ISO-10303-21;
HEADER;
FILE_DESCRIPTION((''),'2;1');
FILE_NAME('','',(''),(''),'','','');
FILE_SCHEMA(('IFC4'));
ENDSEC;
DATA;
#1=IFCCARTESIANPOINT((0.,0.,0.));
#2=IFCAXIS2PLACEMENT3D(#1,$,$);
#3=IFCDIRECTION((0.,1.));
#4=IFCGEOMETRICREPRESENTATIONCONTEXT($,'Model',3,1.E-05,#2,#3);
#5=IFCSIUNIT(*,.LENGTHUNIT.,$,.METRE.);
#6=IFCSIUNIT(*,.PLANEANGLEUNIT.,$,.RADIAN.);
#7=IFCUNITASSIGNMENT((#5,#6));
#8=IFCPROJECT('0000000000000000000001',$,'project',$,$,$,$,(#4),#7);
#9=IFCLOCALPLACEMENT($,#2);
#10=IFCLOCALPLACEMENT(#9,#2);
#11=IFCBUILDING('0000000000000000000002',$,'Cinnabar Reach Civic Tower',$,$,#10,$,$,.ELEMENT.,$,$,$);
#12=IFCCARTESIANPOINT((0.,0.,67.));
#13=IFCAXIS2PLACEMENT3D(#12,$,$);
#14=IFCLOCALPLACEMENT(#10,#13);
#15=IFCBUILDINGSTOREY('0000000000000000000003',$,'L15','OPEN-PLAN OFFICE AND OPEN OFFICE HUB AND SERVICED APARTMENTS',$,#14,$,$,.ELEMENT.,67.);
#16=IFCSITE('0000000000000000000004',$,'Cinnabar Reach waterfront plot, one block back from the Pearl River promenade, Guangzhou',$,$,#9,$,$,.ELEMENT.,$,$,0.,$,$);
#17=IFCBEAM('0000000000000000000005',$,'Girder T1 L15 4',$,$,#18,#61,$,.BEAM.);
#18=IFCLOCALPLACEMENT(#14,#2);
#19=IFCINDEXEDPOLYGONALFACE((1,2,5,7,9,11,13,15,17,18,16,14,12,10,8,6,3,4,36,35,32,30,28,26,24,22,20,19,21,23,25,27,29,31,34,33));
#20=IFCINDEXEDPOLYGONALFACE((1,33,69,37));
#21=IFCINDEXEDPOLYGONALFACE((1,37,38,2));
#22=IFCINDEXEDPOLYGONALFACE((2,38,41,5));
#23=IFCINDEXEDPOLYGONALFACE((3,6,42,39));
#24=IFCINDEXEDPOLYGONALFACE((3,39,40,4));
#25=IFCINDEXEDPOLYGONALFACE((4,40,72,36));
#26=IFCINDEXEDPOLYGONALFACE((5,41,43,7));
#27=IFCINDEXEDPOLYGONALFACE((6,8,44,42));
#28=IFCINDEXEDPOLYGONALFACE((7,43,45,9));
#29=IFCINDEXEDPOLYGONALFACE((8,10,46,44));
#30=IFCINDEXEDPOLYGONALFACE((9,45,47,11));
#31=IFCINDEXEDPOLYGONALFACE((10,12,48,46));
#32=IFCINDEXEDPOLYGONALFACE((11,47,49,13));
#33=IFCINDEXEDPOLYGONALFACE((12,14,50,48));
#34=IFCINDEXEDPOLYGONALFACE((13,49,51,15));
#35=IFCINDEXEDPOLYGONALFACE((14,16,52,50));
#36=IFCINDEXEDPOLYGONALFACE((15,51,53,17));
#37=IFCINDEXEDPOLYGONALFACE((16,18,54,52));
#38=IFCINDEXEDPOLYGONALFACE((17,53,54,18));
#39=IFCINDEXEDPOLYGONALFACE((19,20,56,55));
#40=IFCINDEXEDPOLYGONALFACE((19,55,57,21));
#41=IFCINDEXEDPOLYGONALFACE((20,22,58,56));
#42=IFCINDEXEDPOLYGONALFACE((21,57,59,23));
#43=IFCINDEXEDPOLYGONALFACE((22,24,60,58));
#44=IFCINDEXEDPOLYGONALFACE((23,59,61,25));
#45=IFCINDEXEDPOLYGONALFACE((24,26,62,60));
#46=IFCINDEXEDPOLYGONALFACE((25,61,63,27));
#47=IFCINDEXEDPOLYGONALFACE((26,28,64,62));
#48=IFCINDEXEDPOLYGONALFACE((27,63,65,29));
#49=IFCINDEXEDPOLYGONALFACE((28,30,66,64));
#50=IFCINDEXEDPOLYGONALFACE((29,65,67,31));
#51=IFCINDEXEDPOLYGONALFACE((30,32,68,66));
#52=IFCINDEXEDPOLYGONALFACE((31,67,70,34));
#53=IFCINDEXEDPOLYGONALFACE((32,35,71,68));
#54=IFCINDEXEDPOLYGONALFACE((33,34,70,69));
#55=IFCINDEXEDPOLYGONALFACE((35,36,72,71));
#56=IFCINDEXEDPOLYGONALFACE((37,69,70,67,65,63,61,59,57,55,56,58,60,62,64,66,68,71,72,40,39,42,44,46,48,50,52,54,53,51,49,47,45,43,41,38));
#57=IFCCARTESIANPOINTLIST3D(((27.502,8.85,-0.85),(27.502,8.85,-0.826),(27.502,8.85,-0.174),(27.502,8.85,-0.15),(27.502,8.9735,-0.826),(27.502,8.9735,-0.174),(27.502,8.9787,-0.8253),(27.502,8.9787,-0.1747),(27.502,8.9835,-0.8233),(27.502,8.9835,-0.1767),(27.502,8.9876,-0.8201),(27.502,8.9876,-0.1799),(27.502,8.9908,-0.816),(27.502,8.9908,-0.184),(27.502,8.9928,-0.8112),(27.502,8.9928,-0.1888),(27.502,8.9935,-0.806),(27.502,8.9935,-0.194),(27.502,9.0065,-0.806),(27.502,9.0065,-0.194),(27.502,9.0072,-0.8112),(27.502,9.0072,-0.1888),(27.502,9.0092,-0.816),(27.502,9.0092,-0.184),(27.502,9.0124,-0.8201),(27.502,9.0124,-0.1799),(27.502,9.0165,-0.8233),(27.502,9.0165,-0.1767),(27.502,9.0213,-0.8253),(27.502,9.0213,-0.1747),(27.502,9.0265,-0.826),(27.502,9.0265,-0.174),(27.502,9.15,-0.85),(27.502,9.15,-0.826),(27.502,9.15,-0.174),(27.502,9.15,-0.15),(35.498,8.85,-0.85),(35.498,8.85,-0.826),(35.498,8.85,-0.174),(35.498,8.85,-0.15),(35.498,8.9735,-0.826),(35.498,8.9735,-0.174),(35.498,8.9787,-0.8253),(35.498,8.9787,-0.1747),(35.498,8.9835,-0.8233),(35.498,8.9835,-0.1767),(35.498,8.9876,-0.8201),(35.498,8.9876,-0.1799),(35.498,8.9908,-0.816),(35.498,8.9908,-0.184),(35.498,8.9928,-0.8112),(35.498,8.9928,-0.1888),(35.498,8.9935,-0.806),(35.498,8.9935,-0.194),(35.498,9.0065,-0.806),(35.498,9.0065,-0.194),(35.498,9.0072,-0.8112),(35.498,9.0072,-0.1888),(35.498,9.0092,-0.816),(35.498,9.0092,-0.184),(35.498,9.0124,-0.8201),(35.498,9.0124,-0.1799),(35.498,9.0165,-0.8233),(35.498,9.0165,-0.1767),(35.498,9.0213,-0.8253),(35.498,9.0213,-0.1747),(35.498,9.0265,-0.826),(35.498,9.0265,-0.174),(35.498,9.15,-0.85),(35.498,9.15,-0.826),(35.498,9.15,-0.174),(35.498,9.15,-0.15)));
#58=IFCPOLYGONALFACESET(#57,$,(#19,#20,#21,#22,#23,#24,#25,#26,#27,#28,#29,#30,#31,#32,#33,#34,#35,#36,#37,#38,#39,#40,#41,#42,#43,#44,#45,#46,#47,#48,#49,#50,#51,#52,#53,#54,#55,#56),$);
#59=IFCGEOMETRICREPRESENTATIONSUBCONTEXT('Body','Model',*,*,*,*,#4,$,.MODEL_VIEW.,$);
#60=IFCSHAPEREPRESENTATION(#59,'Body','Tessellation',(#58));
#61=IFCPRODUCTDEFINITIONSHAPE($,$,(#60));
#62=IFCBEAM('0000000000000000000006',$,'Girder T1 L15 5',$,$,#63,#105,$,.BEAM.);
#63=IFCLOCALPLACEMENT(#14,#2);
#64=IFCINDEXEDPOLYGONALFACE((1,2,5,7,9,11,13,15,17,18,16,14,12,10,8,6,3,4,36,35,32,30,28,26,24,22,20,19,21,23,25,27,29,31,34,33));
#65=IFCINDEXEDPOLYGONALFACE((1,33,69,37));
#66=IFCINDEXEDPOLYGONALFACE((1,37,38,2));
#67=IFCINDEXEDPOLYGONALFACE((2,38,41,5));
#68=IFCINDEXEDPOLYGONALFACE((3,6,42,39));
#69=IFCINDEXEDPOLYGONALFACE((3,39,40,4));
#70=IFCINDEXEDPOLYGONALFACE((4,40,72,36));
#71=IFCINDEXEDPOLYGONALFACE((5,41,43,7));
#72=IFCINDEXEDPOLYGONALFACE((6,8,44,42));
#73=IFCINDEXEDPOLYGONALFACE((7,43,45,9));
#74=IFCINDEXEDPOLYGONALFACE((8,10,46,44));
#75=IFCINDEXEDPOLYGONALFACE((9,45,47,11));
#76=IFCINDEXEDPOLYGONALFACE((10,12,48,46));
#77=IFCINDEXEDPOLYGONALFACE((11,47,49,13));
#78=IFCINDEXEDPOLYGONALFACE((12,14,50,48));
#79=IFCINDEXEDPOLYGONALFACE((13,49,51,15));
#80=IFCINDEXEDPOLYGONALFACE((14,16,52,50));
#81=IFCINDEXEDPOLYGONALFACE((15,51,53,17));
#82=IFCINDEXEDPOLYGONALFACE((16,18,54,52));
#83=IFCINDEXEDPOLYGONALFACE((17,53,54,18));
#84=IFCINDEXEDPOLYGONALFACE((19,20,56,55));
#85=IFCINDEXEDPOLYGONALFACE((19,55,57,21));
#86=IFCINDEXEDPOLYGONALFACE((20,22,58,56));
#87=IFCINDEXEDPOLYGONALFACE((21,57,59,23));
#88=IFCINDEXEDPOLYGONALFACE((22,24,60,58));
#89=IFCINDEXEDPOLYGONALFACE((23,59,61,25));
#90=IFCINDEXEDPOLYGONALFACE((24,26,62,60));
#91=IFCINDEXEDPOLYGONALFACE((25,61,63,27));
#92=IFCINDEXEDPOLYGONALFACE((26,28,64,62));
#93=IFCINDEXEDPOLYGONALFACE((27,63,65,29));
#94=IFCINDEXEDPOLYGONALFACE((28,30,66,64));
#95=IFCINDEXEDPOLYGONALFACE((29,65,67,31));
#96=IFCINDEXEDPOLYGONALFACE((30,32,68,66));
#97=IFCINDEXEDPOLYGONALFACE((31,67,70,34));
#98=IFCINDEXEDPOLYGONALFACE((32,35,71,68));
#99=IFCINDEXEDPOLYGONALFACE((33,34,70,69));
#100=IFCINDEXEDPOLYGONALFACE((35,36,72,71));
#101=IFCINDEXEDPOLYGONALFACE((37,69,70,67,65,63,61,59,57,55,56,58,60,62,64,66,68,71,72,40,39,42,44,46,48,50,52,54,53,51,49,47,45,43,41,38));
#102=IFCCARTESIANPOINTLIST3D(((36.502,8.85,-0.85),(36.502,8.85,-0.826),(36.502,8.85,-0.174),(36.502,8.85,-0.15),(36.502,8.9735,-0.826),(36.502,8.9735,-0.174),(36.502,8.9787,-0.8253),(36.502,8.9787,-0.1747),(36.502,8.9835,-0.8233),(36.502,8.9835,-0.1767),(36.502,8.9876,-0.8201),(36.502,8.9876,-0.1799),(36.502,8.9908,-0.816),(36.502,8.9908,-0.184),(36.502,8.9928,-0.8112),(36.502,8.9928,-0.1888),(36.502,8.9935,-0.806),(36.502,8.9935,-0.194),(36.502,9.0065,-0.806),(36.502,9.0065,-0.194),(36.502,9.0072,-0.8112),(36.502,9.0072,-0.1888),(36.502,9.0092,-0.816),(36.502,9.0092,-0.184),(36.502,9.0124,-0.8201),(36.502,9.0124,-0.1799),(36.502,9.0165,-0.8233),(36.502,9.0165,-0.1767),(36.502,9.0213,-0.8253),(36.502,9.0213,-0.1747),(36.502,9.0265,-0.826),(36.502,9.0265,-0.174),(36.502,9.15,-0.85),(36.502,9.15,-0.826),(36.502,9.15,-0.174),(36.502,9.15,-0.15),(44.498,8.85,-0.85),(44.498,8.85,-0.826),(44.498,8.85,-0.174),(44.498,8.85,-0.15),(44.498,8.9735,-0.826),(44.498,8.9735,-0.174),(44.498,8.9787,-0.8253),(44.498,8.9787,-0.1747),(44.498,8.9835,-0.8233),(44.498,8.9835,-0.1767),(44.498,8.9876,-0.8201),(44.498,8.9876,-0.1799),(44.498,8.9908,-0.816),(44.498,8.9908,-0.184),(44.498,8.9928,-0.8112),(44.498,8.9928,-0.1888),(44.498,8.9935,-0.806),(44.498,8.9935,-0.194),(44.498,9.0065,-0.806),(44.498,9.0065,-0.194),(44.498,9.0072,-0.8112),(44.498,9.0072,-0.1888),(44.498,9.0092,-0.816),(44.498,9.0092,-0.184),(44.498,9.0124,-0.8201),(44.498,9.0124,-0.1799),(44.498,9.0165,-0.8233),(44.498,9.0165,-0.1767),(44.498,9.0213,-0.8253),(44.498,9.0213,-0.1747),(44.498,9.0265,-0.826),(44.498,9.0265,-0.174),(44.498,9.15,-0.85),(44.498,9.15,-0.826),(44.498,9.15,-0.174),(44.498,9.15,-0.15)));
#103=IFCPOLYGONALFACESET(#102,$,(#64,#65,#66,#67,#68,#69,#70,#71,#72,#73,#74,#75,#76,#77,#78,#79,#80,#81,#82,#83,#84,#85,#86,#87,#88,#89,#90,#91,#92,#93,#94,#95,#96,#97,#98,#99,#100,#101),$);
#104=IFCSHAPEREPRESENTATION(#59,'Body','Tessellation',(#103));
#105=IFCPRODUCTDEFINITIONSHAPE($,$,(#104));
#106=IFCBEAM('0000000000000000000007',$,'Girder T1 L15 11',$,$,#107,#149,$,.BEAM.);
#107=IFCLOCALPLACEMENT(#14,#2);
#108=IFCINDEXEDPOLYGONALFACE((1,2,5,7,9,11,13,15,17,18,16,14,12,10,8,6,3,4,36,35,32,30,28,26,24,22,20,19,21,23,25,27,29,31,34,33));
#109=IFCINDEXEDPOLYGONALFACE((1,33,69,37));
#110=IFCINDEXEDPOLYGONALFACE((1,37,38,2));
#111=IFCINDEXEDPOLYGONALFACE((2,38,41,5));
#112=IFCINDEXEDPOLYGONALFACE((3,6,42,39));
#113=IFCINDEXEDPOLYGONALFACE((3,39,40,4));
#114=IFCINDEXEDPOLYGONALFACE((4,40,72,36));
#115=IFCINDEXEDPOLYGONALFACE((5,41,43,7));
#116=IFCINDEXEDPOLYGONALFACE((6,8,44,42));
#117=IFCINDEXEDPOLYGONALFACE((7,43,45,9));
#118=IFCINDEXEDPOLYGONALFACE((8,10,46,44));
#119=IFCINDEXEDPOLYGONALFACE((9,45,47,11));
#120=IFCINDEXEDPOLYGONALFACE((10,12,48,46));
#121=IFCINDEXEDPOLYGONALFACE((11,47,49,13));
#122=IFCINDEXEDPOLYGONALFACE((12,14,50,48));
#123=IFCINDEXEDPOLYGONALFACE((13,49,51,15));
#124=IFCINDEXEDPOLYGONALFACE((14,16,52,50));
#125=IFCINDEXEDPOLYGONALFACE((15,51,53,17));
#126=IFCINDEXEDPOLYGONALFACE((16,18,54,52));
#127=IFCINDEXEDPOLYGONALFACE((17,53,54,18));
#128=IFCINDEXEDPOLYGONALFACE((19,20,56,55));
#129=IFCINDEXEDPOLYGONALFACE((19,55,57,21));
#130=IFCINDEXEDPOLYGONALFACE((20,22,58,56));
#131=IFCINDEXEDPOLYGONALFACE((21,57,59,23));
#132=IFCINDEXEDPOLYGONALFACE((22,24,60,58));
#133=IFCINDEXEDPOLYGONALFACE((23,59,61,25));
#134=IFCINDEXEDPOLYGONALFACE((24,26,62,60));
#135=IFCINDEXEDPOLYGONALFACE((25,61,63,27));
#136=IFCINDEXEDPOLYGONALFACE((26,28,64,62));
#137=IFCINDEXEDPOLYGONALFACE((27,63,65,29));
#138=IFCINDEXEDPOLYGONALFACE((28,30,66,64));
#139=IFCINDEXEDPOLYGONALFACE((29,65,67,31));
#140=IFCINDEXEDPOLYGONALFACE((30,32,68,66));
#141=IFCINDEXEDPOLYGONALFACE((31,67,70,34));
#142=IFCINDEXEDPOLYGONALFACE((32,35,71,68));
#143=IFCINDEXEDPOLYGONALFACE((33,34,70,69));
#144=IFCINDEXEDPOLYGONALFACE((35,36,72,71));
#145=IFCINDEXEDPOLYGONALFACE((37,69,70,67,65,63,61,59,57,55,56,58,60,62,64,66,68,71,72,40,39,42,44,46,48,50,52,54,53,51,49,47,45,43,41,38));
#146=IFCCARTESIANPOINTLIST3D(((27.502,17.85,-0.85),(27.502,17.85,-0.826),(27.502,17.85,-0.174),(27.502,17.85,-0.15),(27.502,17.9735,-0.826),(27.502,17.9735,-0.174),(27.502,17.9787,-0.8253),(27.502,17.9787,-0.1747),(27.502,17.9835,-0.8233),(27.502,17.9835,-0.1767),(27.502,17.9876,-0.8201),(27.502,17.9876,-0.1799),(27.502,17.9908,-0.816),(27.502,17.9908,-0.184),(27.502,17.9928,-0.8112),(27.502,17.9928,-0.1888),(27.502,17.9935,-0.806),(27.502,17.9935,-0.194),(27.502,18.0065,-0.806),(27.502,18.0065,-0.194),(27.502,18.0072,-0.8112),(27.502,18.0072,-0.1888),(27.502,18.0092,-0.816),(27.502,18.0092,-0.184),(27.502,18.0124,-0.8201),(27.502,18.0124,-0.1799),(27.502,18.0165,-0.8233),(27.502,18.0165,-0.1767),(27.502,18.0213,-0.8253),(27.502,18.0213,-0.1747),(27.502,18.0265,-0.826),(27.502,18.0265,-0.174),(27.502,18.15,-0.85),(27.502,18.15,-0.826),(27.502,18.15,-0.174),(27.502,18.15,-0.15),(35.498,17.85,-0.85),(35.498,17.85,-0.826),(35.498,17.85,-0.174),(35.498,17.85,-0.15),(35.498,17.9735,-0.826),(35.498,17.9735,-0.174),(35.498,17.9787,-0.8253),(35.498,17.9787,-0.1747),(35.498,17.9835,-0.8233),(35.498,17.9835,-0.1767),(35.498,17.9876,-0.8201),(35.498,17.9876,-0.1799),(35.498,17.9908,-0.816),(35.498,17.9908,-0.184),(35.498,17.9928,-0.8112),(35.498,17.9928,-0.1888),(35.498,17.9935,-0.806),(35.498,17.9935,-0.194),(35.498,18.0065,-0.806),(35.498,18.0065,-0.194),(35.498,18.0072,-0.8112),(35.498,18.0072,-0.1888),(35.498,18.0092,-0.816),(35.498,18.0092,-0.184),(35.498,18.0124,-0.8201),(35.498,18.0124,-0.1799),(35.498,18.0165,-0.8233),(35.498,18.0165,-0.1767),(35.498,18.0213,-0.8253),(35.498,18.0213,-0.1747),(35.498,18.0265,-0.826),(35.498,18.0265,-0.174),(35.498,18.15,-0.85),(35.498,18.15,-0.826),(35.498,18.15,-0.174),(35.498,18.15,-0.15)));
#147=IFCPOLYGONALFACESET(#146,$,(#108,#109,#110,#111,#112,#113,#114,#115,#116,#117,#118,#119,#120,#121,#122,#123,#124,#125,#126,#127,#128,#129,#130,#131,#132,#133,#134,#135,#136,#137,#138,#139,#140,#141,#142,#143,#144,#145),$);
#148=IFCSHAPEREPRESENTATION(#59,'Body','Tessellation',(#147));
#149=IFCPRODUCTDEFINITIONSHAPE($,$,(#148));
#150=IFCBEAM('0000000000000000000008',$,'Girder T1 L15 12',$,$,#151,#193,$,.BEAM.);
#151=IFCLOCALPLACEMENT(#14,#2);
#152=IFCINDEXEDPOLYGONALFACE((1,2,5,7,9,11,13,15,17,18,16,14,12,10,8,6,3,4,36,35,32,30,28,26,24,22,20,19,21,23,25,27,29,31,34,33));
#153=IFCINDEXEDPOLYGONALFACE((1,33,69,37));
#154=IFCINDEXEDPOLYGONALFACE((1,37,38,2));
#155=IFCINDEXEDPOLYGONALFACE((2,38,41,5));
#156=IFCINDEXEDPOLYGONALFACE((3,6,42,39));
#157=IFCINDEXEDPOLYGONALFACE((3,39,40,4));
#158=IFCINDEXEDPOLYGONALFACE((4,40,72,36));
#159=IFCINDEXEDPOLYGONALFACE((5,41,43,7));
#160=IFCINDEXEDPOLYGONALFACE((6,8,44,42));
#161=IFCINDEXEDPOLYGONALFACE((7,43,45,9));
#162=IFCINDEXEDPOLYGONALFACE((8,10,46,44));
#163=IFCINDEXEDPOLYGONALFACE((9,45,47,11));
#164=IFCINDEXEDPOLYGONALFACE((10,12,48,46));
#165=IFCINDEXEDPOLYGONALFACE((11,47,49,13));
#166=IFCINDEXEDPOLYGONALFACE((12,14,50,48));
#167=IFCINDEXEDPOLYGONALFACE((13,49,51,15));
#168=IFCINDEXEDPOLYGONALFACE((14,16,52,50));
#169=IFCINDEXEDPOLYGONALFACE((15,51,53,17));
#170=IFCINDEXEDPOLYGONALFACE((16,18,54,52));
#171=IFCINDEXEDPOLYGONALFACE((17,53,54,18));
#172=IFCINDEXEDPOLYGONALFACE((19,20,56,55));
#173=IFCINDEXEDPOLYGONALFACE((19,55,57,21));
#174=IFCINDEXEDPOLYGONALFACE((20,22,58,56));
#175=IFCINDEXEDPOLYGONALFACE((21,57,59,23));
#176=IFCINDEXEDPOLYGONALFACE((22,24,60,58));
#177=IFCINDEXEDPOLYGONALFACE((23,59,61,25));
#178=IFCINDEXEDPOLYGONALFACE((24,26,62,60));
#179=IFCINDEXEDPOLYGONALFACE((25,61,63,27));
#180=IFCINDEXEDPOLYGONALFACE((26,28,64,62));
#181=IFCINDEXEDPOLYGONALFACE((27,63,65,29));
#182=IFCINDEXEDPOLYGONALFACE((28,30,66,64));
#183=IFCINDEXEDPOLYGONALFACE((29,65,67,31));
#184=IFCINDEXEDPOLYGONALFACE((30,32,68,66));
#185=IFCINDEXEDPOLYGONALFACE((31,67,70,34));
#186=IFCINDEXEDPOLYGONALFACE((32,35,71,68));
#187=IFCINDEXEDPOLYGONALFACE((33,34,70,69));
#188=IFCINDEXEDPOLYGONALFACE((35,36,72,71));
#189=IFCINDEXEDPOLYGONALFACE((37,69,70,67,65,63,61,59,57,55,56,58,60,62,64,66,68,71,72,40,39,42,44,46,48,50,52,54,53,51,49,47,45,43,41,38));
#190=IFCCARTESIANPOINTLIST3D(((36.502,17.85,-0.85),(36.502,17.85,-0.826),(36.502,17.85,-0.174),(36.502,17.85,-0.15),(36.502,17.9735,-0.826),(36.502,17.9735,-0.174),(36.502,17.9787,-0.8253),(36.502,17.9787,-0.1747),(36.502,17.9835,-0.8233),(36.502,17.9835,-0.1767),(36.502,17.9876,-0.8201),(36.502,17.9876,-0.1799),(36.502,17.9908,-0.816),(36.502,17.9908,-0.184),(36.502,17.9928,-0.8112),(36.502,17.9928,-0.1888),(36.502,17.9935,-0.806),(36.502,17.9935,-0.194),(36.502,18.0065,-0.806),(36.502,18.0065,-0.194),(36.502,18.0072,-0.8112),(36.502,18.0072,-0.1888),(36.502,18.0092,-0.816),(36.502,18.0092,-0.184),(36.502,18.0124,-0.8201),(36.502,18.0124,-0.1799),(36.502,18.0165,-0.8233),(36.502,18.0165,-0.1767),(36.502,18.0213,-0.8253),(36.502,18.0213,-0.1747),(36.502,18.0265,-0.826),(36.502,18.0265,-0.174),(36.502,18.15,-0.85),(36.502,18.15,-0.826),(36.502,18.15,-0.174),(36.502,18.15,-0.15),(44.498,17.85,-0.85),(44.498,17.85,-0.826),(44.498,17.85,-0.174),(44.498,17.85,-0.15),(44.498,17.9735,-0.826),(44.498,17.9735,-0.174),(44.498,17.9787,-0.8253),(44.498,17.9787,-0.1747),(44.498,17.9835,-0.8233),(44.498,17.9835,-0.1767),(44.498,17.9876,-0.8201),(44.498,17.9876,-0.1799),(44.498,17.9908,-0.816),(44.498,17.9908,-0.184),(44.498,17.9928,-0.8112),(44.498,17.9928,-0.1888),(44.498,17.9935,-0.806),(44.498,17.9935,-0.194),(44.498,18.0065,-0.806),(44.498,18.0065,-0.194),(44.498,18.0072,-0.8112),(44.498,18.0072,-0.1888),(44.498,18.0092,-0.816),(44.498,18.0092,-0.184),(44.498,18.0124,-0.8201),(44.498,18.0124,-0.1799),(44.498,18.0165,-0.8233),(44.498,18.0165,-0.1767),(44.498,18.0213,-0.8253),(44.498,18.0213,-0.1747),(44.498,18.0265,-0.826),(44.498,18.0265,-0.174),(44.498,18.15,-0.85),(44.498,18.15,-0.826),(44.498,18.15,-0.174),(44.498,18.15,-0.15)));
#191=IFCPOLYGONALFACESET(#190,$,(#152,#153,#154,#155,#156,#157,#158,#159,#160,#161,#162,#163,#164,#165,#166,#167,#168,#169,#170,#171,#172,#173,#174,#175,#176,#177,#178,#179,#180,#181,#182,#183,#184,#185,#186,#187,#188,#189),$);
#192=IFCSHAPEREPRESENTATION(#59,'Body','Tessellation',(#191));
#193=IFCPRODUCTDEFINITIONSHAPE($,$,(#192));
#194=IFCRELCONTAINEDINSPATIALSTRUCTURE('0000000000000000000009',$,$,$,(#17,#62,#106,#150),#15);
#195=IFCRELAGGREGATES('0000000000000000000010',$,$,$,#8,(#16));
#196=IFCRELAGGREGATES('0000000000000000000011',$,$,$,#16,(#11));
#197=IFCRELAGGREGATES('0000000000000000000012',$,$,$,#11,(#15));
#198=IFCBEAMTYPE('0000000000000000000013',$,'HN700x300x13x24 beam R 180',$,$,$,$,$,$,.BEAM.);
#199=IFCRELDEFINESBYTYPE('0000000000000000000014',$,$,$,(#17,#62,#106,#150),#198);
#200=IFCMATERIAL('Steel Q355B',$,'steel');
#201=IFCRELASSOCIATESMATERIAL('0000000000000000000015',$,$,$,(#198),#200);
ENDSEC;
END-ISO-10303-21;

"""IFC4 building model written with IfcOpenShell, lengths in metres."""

from ifc_helpers import new_model, si_unit, direction, frame, origin, origin_2d, place, context, subcontext, project, spatial, i_section, extrude, material, material_profile, profile_set, type_object, element, save


model = new_model("IFC4")

# Units and contexts
model_context = context("Model", 3, precision=1e-05, world=origin(), true_north=direction((0.0, 1.0)))
body_context = subcontext(model_context, "Body", "Model", "MODEL_VIEW")
ifc_project = project(units=[si_unit("LENGTHUNIT", "METRE"), si_unit("PLANEANGLEUNIT", "RADIAN")], contexts=[model_context])

# Site, building, storey
site_placement = place(None, origin())
site = spatial("IfcSite", under=ifc_project, at=site_placement, Name="Cinnabar Reach waterfront plot, one block back from the Pearl River promenade, Guangzhou", CompositionType="ELEMENT", RefElevation=0.0)
building_placement = place(site_placement, origin())
building = spatial("IfcBuilding", under=site, at=building_placement, Name="Cinnabar Reach Civic Tower", CompositionType="ELEMENT")
storey_placement = place(building_placement, frame((0.0, 0.0, 67.0)))
storey = spatial("IfcBuildingStorey", under=building, at=storey_placement, Name="L15", Description="OPEN-PLAN OFFICE AND OPEN OFFICE HUB AND SERVICED APARTMENTS", CompositionType="ELEMENT", Elevation=67.0)

# Beams
ifc_material_1 = material(Name="Steel Q355B", Category="steel")
ifc_material_profile_1 = material_profile(ifc_material_1, i_section(OverallWidth=0.3, OverallDepth=0.7, WebThickness=0.013, FlangeThickness=0.024, FilletRadius=0.02, at=origin_2d()), Name="HN700x300x13x24")
ifc_profile_set_1 = profile_set([ifc_material_profile_1], Name="Steel Q355B")
beam_type_1 = type_object("IfcBeamType", Name="HN700x300x13x24 beam R 180", PredefinedType="BEAM", material=ifc_profile_set_1)
for number, where, z_axis, x_axis, name in (
    (1, (27.502, 9.0, -0.5), (1.0, 0.0, 0.0), (0.0, 1.0, 0.0), "Girder T1 L15 4"),
    (2, (36.502, 9.0, -0.5), (1.0, 0.0, 0.0), (0.0, 1.0, 0.0), "Girder T1 L15 5"),
    (3, (27.502, 18.0, -0.5), (1.0, 0.0, 0.0), (0.0, 1.0, 0.0), "Girder T1 L15 11"),
    (4, (36.502, 18.0, -0.5), (1.0, 0.0, 0.0), (0.0, 1.0, 0.0), "Girder T1 L15 12"),
):
    element("IfcBeam", number, at=place(storey_placement, frame(where, z_axis=z_axis, x_axis=x_axis)), inside=storey, type_object=beam_type_1, Name=name, PredefinedType="BEAM", context=body_context, shape_type="SweptSolid", body=[
        extrude(i_section(OverallWidth=0.3, OverallDepth=0.7, WebThickness=0.013, FlangeThickness=0.024, FilletRadius=0.02, at=origin_2d()), origin(), (0.0, 0.0, 1.0), 7.996),
    ])

save(model, "model.ifc")
